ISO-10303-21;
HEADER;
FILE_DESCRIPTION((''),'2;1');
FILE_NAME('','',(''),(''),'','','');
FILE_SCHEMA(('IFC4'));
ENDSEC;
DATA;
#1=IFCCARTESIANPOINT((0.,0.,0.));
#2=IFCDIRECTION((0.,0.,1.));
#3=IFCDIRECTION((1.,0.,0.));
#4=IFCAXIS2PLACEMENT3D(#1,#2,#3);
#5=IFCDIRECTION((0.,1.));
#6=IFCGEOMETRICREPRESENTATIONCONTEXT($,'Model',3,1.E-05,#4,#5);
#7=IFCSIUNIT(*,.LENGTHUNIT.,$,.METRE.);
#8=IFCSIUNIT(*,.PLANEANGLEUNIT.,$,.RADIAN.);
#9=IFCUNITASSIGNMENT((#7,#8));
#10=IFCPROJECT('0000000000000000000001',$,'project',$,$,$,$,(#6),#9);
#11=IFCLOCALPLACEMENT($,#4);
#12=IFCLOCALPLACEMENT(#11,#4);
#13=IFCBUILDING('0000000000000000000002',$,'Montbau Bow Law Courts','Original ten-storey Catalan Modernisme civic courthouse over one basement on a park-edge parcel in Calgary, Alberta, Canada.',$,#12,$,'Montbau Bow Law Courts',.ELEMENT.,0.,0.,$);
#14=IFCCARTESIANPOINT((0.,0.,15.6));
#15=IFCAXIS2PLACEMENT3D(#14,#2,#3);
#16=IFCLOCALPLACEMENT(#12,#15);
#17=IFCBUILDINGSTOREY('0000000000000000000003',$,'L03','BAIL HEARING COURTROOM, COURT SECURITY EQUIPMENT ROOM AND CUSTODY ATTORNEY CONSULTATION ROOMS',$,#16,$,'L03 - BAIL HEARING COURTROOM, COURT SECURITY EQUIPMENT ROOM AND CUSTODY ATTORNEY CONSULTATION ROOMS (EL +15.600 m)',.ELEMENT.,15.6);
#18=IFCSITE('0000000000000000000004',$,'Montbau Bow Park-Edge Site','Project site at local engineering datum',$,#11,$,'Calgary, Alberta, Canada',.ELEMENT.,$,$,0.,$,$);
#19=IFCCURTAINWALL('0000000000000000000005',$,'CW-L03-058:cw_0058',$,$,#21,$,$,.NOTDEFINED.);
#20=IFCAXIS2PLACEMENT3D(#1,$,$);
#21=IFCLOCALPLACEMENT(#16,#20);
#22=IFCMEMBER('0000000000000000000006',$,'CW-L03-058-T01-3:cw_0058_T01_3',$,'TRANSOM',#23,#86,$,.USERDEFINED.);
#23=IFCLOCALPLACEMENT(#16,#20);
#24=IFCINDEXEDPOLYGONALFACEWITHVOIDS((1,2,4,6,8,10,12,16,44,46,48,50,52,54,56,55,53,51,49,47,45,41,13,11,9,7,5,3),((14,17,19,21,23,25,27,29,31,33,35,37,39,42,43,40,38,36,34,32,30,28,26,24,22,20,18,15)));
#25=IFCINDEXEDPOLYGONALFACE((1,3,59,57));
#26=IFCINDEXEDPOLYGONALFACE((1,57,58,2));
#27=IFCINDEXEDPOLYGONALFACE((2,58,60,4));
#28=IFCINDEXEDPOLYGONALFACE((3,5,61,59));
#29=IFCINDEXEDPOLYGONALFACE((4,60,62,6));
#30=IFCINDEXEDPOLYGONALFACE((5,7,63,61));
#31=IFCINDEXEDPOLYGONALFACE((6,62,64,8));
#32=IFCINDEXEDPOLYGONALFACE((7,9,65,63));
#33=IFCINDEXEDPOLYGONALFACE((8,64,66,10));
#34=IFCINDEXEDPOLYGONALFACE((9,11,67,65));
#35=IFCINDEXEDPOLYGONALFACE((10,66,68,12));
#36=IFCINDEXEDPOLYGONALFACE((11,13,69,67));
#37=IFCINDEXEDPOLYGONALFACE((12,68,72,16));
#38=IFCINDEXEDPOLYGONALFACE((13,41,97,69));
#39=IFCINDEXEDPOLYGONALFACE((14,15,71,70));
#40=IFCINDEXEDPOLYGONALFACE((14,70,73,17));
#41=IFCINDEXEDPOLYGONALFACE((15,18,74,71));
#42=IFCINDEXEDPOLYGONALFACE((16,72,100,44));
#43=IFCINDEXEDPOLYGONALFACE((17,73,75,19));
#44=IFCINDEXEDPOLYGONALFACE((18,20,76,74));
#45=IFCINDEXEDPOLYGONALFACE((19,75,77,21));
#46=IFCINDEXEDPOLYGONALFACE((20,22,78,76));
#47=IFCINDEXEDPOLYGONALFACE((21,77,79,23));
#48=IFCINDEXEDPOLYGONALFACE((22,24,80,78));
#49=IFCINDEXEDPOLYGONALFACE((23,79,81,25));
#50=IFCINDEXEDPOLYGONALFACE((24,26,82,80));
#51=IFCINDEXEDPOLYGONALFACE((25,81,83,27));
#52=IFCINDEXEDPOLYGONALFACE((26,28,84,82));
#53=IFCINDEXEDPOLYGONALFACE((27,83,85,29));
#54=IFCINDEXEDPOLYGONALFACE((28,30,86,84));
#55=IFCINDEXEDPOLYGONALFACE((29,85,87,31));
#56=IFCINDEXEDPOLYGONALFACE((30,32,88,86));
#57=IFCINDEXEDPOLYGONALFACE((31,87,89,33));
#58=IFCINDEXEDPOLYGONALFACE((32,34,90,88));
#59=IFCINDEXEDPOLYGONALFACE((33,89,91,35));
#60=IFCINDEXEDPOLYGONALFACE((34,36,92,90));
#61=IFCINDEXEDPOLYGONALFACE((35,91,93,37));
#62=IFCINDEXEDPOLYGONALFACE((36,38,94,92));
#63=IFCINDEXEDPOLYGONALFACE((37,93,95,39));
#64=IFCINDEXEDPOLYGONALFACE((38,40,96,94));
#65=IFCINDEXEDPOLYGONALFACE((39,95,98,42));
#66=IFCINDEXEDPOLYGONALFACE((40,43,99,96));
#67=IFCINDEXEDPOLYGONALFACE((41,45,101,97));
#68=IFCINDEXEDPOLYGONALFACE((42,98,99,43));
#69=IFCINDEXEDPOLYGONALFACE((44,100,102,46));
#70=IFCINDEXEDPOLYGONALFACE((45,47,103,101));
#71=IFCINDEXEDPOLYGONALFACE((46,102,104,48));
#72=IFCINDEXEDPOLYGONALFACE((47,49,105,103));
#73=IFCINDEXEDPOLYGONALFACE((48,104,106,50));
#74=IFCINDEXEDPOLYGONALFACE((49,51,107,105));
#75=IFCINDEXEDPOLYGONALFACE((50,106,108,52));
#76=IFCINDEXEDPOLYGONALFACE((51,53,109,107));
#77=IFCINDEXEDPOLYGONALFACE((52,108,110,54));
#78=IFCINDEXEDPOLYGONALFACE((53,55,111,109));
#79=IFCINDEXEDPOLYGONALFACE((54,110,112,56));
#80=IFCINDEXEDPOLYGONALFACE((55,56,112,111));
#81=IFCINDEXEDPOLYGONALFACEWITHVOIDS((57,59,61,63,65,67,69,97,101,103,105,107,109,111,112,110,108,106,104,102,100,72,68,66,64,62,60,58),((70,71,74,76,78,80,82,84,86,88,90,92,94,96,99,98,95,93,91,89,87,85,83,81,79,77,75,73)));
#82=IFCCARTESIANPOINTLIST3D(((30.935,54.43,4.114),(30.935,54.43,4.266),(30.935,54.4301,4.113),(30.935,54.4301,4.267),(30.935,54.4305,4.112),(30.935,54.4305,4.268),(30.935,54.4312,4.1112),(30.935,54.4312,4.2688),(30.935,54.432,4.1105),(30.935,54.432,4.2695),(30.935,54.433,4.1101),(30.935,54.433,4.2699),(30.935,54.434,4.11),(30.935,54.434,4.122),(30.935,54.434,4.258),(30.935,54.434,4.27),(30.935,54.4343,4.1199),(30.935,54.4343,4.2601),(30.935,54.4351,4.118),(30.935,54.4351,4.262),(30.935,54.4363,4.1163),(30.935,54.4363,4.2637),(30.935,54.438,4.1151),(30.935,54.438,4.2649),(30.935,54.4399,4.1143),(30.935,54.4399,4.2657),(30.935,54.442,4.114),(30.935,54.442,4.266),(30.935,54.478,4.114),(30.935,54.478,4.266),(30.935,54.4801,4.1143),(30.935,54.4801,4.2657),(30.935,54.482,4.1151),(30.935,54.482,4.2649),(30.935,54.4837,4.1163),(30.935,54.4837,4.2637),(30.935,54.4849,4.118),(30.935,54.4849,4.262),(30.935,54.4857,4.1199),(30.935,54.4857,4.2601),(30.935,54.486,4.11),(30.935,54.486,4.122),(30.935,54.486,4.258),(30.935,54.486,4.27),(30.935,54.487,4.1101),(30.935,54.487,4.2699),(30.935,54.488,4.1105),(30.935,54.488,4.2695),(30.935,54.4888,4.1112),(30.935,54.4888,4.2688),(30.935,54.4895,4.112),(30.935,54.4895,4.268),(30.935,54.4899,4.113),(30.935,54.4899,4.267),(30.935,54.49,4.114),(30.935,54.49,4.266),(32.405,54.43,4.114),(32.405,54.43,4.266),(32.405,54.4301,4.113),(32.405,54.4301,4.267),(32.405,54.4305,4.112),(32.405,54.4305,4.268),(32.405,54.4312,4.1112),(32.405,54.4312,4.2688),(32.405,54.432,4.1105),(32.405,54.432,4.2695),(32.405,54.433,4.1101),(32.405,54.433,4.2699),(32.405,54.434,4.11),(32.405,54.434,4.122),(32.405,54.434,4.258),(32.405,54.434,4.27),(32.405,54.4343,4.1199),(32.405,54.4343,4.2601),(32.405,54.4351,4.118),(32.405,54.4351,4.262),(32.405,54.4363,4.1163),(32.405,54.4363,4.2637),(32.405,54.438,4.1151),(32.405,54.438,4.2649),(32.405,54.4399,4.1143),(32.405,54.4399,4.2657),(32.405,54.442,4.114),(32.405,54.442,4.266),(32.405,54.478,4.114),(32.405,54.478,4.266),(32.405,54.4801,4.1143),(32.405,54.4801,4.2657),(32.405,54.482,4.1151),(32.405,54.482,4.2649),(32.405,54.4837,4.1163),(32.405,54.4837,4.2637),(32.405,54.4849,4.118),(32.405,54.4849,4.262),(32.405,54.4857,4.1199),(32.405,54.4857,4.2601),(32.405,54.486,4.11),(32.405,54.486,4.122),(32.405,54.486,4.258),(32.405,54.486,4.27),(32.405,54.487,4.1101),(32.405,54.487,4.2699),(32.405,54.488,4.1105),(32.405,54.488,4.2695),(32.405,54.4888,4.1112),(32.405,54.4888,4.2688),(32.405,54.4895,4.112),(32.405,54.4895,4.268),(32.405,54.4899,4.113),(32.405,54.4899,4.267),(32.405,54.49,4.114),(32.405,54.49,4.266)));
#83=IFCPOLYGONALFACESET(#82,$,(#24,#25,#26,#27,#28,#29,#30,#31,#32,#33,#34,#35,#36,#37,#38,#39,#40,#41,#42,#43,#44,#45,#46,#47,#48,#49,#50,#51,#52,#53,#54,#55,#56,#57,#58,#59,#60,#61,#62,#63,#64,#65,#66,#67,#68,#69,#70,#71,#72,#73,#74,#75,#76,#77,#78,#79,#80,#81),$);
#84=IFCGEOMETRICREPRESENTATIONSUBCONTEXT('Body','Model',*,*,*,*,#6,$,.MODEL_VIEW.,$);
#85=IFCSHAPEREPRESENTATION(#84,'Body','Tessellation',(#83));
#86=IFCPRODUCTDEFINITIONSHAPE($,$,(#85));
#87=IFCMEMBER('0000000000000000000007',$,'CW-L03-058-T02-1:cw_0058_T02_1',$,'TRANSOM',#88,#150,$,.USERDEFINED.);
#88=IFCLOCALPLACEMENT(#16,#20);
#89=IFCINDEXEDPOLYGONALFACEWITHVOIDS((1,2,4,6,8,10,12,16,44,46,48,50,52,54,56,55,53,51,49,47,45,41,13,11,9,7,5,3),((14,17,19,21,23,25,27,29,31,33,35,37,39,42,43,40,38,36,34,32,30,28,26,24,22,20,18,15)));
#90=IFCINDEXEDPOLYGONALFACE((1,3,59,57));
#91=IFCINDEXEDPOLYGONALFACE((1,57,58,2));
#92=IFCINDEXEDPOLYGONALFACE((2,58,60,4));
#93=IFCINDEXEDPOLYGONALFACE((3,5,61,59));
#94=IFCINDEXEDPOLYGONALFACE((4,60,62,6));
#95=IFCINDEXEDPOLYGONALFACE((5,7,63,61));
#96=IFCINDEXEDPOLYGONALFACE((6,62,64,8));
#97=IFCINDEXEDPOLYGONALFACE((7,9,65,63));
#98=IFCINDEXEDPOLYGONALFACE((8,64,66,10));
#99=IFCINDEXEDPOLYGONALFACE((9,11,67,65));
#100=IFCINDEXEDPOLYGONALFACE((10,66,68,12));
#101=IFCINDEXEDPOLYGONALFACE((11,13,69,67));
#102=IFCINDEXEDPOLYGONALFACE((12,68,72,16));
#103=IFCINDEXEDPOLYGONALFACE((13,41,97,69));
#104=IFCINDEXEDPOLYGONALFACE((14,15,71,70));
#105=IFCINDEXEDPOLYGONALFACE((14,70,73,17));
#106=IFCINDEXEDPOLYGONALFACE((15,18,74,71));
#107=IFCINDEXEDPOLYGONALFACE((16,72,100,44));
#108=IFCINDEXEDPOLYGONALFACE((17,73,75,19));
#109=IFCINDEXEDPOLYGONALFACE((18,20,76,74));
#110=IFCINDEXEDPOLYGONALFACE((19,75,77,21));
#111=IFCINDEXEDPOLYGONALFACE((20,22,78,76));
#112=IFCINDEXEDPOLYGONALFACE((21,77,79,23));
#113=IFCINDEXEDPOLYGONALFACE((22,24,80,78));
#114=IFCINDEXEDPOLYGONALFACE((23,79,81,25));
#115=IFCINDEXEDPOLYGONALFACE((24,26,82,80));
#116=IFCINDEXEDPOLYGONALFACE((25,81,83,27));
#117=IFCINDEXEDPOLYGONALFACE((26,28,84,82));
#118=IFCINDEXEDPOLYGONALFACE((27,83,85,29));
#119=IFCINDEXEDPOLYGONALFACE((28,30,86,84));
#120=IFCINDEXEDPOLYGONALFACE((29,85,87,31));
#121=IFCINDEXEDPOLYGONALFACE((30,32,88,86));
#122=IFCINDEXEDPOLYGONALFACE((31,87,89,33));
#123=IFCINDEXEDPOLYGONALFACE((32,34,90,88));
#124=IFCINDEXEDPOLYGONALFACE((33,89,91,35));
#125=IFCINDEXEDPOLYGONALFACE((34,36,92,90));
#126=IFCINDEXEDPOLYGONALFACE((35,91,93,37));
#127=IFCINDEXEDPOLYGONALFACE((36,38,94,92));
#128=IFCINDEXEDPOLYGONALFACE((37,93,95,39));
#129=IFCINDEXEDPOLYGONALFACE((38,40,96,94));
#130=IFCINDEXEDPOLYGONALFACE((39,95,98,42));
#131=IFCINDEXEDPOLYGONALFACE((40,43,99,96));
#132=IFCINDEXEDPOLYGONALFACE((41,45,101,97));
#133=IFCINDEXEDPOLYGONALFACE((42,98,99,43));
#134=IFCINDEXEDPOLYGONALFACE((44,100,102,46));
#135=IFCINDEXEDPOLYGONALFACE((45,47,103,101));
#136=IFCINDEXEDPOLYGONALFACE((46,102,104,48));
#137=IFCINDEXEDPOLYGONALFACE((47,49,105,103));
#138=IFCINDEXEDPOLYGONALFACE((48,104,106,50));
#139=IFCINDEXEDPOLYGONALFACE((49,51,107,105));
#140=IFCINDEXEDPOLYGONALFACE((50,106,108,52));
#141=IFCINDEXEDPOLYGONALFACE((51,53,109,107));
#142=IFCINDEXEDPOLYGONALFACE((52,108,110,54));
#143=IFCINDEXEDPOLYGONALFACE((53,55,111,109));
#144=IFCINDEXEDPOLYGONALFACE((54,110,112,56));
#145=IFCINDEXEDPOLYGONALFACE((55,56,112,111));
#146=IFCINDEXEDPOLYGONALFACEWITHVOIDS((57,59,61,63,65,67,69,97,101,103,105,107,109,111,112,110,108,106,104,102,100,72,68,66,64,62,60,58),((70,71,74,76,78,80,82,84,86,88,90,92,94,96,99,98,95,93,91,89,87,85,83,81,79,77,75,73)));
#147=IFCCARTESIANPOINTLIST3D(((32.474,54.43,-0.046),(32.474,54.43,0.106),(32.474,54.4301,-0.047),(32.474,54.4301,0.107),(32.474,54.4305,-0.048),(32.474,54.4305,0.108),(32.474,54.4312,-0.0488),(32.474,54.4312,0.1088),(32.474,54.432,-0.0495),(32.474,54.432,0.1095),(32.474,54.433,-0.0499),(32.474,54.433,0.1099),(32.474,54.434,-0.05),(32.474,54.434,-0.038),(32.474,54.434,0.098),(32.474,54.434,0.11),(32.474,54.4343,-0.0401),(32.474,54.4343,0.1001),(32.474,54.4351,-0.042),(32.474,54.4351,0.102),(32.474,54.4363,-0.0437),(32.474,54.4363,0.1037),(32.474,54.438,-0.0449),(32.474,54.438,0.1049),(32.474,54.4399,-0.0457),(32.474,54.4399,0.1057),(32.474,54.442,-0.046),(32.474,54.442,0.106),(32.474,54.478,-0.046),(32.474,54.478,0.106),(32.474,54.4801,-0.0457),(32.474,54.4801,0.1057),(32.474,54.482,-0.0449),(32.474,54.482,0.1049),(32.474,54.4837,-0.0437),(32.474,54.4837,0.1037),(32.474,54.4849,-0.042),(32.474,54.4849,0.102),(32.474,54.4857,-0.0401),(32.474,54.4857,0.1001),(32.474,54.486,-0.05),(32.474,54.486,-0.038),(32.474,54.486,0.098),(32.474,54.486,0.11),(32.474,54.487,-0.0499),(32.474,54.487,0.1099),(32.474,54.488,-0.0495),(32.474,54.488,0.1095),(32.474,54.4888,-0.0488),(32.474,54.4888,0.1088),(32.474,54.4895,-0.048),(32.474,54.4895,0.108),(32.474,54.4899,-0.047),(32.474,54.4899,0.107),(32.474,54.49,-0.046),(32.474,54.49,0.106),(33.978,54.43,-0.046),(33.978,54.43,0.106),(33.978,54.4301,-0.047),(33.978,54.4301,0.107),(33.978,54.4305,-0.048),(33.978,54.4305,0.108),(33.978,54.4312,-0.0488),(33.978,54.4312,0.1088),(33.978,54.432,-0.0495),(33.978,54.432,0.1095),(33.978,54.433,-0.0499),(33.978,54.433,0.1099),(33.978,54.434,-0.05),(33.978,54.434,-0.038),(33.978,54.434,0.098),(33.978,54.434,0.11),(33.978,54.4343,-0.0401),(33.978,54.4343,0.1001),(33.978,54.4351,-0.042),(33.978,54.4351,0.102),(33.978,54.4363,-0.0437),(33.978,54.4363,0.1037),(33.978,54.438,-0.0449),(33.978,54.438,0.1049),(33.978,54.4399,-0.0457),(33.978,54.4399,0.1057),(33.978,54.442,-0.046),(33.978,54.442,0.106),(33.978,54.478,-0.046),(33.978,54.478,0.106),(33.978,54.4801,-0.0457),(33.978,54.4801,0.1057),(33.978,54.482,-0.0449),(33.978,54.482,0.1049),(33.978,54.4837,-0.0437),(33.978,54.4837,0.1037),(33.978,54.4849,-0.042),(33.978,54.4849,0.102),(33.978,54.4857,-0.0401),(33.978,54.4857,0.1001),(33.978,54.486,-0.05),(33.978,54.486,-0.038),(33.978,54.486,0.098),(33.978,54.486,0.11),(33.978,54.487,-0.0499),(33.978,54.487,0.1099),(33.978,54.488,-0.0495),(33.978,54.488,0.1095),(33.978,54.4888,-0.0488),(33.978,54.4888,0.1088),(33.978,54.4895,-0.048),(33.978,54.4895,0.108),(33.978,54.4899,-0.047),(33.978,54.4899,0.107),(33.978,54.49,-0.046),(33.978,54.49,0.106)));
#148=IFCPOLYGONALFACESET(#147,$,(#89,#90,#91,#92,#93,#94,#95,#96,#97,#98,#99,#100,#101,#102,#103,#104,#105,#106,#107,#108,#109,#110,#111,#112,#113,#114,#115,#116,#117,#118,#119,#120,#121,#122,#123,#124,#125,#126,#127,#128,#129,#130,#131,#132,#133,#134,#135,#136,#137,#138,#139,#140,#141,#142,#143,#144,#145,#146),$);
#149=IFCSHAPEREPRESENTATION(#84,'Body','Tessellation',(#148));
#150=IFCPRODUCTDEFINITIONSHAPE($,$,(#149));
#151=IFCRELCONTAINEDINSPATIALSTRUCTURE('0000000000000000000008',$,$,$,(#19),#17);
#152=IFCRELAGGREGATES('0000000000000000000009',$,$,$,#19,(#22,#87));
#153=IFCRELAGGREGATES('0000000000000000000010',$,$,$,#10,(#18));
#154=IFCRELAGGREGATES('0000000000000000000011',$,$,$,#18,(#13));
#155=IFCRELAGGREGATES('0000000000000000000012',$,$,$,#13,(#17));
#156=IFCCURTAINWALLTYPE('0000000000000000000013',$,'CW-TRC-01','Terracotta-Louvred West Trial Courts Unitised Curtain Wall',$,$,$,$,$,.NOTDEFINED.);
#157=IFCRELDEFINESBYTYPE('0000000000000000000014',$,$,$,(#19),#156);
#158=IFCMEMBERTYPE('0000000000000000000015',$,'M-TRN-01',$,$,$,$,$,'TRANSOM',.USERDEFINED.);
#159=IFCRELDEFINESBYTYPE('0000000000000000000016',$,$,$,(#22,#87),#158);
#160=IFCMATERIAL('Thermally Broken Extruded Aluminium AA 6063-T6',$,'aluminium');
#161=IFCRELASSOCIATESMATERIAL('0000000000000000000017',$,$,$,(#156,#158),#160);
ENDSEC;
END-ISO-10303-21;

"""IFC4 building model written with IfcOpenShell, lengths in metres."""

from ifc_helpers import new_model, si_unit, direction, frame, origin_with_axes, origin_2d_with_axis, place, context, subcontext, project, spatial, hollow_rectangle, extrude, material, material_profile, profile_set, type_object, element, aggregate, save


model = new_model("IFC4")

# Units and contexts
model_context = context("Model", 3, precision=1e-05, world=origin_with_axes(), true_north=direction((0.0, 1.0)))
body_context = subcontext(model_context, "Body", "Model", "MODEL_VIEW")
ifc_project = project(units=[si_unit("LENGTHUNIT", "METRE"), si_unit("PLANEANGLEUNIT", "RADIAN")], contexts=[model_context])

# Site, building, storey
site_placement = place(None, origin_with_axes())
site = spatial("IfcSite", under=ifc_project, at=site_placement, Name="Montbau Bow Park-Edge Site", Description="Project site at local engineering datum", LongName="Calgary, Alberta, Canada", CompositionType="ELEMENT", RefElevation=0.0)
building_placement = place(site_placement, origin_with_axes())
building = spatial("IfcBuilding", under=site, at=building_placement, Name="Montbau Bow Law Courts", Description="Original ten-storey Catalan Modernisme civic courthouse over one basement on a park-edge parcel in Calgary, Alberta, Canada.", LongName="Montbau Bow Law Courts", CompositionType="ELEMENT", ElevationOfRefHeight=0.0, ElevationOfTerrain=0.0)
storey_placement = place(building_placement, frame((0.0, 0.0, 15.6), z_axis=(0.0, 0.0, 1.0), x_axis=(1.0, 0.0, 0.0)))
storey = spatial("IfcBuildingStorey", under=building, at=storey_placement, Name="L03", Description="BAIL HEARING COURTROOM, COURT SECURITY EQUIPMENT ROOM AND CUSTODY ATTORNEY CONSULTATION ROOMS", LongName="L03 - BAIL HEARING COURTROOM, COURT SECURITY EQUIPMENT ROOM AND CUSTODY ATTORNEY CONSULTATION ROOMS (EL +15.600 m)", CompositionType="ELEMENT", Elevation=15.6)

# Curtain wall, members
ifc_material_1 = material(Name="Thermally Broken Extruded Aluminium AA 6063-T6", Category="aluminium")
curtain_wall_type = type_object("IfcCurtainWallType", Name="CW-TRC-01", Description="Terracotta-Louvred West Trial Courts Unitised Curtain Wall", PredefinedType="NOTDEFINED", material=ifc_material_1)
curtain_wall_placement = place(None, frame((30.867, 54.46, 15.6), z_axis=(0.0, 0.0, 1.0), x_axis=(1.0, 0.0, 0.0)))
curtain_wall = element("IfcCurtainWall", 1, at=curtain_wall_placement, inside=storey, type_object=curtain_wall_type, Name="CW-L03-058:cw_0058", PredefinedType="NOTDEFINED")
ifc_material_profile_1 = material_profile(ifc_material_1, hollow_rectangle(XDim=0.06, YDim=0.16, WallThickness=0.004, InnerFilletRadius=0.008, OuterFilletRadius=0.004, at=origin_2d_with_axis()), Name="CWT-160X60", Category="Main", Priority=0)
ifc_profile_set_1 = profile_set([ifc_material_profile_1], Name="Thermally Broken Extruded Aluminium AA 6063-T6")
member_type_1 = type_object("IfcMemberType", Name="M-TRN-01", ElementType="TRANSOM", PredefinedType="USERDEFINED", material=ifc_profile_set_1)
member_1_placement = place(None, frame((30.935, 54.46, 19.79), z_axis=(1.0, 0.0, 0.0), x_axis=(0.0, 1.0, 0.0)))
member_1 = element("IfcMember", 2, at=member_1_placement, type_object=member_type_1, Name="CW-L03-058-T01-3:cw_0058_T01_3", ObjectType="TRANSOM", PredefinedType="USERDEFINED", context=body_context, shape_type="SweptSolid", body=[
    extrude(hollow_rectangle(XDim=0.06, YDim=0.16, WallThickness=0.004, InnerFilletRadius=0.008, OuterFilletRadius=0.004, at=origin_2d_with_axis()), origin_with_axes(), (0.0, 0.0, 1.0), 1.47),
])
member_2_placement = place(None, frame((32.474, 54.46, 15.63), z_axis=(1.0, 0.0, 0.0), x_axis=(0.0, 1.0, 0.0)))
member_2 = element("IfcMember", 3, at=member_2_placement, type_object=member_type_1, Name="CW-L03-058-T02-1:cw_0058_T02_1", ObjectType="TRANSOM", PredefinedType="USERDEFINED", context=body_context, shape_type="SweptSolid", body=[
    extrude(hollow_rectangle(XDim=0.06, YDim=0.16, WallThickness=0.004, InnerFilletRadius=0.008, OuterFilletRadius=0.004, at=origin_2d_with_axis()), origin_with_axes(), (0.0, 0.0, 1.0), 1.504),
])
aggregate(curtain_wall, [member_1, member_2])

save(model, "model.ifc")
